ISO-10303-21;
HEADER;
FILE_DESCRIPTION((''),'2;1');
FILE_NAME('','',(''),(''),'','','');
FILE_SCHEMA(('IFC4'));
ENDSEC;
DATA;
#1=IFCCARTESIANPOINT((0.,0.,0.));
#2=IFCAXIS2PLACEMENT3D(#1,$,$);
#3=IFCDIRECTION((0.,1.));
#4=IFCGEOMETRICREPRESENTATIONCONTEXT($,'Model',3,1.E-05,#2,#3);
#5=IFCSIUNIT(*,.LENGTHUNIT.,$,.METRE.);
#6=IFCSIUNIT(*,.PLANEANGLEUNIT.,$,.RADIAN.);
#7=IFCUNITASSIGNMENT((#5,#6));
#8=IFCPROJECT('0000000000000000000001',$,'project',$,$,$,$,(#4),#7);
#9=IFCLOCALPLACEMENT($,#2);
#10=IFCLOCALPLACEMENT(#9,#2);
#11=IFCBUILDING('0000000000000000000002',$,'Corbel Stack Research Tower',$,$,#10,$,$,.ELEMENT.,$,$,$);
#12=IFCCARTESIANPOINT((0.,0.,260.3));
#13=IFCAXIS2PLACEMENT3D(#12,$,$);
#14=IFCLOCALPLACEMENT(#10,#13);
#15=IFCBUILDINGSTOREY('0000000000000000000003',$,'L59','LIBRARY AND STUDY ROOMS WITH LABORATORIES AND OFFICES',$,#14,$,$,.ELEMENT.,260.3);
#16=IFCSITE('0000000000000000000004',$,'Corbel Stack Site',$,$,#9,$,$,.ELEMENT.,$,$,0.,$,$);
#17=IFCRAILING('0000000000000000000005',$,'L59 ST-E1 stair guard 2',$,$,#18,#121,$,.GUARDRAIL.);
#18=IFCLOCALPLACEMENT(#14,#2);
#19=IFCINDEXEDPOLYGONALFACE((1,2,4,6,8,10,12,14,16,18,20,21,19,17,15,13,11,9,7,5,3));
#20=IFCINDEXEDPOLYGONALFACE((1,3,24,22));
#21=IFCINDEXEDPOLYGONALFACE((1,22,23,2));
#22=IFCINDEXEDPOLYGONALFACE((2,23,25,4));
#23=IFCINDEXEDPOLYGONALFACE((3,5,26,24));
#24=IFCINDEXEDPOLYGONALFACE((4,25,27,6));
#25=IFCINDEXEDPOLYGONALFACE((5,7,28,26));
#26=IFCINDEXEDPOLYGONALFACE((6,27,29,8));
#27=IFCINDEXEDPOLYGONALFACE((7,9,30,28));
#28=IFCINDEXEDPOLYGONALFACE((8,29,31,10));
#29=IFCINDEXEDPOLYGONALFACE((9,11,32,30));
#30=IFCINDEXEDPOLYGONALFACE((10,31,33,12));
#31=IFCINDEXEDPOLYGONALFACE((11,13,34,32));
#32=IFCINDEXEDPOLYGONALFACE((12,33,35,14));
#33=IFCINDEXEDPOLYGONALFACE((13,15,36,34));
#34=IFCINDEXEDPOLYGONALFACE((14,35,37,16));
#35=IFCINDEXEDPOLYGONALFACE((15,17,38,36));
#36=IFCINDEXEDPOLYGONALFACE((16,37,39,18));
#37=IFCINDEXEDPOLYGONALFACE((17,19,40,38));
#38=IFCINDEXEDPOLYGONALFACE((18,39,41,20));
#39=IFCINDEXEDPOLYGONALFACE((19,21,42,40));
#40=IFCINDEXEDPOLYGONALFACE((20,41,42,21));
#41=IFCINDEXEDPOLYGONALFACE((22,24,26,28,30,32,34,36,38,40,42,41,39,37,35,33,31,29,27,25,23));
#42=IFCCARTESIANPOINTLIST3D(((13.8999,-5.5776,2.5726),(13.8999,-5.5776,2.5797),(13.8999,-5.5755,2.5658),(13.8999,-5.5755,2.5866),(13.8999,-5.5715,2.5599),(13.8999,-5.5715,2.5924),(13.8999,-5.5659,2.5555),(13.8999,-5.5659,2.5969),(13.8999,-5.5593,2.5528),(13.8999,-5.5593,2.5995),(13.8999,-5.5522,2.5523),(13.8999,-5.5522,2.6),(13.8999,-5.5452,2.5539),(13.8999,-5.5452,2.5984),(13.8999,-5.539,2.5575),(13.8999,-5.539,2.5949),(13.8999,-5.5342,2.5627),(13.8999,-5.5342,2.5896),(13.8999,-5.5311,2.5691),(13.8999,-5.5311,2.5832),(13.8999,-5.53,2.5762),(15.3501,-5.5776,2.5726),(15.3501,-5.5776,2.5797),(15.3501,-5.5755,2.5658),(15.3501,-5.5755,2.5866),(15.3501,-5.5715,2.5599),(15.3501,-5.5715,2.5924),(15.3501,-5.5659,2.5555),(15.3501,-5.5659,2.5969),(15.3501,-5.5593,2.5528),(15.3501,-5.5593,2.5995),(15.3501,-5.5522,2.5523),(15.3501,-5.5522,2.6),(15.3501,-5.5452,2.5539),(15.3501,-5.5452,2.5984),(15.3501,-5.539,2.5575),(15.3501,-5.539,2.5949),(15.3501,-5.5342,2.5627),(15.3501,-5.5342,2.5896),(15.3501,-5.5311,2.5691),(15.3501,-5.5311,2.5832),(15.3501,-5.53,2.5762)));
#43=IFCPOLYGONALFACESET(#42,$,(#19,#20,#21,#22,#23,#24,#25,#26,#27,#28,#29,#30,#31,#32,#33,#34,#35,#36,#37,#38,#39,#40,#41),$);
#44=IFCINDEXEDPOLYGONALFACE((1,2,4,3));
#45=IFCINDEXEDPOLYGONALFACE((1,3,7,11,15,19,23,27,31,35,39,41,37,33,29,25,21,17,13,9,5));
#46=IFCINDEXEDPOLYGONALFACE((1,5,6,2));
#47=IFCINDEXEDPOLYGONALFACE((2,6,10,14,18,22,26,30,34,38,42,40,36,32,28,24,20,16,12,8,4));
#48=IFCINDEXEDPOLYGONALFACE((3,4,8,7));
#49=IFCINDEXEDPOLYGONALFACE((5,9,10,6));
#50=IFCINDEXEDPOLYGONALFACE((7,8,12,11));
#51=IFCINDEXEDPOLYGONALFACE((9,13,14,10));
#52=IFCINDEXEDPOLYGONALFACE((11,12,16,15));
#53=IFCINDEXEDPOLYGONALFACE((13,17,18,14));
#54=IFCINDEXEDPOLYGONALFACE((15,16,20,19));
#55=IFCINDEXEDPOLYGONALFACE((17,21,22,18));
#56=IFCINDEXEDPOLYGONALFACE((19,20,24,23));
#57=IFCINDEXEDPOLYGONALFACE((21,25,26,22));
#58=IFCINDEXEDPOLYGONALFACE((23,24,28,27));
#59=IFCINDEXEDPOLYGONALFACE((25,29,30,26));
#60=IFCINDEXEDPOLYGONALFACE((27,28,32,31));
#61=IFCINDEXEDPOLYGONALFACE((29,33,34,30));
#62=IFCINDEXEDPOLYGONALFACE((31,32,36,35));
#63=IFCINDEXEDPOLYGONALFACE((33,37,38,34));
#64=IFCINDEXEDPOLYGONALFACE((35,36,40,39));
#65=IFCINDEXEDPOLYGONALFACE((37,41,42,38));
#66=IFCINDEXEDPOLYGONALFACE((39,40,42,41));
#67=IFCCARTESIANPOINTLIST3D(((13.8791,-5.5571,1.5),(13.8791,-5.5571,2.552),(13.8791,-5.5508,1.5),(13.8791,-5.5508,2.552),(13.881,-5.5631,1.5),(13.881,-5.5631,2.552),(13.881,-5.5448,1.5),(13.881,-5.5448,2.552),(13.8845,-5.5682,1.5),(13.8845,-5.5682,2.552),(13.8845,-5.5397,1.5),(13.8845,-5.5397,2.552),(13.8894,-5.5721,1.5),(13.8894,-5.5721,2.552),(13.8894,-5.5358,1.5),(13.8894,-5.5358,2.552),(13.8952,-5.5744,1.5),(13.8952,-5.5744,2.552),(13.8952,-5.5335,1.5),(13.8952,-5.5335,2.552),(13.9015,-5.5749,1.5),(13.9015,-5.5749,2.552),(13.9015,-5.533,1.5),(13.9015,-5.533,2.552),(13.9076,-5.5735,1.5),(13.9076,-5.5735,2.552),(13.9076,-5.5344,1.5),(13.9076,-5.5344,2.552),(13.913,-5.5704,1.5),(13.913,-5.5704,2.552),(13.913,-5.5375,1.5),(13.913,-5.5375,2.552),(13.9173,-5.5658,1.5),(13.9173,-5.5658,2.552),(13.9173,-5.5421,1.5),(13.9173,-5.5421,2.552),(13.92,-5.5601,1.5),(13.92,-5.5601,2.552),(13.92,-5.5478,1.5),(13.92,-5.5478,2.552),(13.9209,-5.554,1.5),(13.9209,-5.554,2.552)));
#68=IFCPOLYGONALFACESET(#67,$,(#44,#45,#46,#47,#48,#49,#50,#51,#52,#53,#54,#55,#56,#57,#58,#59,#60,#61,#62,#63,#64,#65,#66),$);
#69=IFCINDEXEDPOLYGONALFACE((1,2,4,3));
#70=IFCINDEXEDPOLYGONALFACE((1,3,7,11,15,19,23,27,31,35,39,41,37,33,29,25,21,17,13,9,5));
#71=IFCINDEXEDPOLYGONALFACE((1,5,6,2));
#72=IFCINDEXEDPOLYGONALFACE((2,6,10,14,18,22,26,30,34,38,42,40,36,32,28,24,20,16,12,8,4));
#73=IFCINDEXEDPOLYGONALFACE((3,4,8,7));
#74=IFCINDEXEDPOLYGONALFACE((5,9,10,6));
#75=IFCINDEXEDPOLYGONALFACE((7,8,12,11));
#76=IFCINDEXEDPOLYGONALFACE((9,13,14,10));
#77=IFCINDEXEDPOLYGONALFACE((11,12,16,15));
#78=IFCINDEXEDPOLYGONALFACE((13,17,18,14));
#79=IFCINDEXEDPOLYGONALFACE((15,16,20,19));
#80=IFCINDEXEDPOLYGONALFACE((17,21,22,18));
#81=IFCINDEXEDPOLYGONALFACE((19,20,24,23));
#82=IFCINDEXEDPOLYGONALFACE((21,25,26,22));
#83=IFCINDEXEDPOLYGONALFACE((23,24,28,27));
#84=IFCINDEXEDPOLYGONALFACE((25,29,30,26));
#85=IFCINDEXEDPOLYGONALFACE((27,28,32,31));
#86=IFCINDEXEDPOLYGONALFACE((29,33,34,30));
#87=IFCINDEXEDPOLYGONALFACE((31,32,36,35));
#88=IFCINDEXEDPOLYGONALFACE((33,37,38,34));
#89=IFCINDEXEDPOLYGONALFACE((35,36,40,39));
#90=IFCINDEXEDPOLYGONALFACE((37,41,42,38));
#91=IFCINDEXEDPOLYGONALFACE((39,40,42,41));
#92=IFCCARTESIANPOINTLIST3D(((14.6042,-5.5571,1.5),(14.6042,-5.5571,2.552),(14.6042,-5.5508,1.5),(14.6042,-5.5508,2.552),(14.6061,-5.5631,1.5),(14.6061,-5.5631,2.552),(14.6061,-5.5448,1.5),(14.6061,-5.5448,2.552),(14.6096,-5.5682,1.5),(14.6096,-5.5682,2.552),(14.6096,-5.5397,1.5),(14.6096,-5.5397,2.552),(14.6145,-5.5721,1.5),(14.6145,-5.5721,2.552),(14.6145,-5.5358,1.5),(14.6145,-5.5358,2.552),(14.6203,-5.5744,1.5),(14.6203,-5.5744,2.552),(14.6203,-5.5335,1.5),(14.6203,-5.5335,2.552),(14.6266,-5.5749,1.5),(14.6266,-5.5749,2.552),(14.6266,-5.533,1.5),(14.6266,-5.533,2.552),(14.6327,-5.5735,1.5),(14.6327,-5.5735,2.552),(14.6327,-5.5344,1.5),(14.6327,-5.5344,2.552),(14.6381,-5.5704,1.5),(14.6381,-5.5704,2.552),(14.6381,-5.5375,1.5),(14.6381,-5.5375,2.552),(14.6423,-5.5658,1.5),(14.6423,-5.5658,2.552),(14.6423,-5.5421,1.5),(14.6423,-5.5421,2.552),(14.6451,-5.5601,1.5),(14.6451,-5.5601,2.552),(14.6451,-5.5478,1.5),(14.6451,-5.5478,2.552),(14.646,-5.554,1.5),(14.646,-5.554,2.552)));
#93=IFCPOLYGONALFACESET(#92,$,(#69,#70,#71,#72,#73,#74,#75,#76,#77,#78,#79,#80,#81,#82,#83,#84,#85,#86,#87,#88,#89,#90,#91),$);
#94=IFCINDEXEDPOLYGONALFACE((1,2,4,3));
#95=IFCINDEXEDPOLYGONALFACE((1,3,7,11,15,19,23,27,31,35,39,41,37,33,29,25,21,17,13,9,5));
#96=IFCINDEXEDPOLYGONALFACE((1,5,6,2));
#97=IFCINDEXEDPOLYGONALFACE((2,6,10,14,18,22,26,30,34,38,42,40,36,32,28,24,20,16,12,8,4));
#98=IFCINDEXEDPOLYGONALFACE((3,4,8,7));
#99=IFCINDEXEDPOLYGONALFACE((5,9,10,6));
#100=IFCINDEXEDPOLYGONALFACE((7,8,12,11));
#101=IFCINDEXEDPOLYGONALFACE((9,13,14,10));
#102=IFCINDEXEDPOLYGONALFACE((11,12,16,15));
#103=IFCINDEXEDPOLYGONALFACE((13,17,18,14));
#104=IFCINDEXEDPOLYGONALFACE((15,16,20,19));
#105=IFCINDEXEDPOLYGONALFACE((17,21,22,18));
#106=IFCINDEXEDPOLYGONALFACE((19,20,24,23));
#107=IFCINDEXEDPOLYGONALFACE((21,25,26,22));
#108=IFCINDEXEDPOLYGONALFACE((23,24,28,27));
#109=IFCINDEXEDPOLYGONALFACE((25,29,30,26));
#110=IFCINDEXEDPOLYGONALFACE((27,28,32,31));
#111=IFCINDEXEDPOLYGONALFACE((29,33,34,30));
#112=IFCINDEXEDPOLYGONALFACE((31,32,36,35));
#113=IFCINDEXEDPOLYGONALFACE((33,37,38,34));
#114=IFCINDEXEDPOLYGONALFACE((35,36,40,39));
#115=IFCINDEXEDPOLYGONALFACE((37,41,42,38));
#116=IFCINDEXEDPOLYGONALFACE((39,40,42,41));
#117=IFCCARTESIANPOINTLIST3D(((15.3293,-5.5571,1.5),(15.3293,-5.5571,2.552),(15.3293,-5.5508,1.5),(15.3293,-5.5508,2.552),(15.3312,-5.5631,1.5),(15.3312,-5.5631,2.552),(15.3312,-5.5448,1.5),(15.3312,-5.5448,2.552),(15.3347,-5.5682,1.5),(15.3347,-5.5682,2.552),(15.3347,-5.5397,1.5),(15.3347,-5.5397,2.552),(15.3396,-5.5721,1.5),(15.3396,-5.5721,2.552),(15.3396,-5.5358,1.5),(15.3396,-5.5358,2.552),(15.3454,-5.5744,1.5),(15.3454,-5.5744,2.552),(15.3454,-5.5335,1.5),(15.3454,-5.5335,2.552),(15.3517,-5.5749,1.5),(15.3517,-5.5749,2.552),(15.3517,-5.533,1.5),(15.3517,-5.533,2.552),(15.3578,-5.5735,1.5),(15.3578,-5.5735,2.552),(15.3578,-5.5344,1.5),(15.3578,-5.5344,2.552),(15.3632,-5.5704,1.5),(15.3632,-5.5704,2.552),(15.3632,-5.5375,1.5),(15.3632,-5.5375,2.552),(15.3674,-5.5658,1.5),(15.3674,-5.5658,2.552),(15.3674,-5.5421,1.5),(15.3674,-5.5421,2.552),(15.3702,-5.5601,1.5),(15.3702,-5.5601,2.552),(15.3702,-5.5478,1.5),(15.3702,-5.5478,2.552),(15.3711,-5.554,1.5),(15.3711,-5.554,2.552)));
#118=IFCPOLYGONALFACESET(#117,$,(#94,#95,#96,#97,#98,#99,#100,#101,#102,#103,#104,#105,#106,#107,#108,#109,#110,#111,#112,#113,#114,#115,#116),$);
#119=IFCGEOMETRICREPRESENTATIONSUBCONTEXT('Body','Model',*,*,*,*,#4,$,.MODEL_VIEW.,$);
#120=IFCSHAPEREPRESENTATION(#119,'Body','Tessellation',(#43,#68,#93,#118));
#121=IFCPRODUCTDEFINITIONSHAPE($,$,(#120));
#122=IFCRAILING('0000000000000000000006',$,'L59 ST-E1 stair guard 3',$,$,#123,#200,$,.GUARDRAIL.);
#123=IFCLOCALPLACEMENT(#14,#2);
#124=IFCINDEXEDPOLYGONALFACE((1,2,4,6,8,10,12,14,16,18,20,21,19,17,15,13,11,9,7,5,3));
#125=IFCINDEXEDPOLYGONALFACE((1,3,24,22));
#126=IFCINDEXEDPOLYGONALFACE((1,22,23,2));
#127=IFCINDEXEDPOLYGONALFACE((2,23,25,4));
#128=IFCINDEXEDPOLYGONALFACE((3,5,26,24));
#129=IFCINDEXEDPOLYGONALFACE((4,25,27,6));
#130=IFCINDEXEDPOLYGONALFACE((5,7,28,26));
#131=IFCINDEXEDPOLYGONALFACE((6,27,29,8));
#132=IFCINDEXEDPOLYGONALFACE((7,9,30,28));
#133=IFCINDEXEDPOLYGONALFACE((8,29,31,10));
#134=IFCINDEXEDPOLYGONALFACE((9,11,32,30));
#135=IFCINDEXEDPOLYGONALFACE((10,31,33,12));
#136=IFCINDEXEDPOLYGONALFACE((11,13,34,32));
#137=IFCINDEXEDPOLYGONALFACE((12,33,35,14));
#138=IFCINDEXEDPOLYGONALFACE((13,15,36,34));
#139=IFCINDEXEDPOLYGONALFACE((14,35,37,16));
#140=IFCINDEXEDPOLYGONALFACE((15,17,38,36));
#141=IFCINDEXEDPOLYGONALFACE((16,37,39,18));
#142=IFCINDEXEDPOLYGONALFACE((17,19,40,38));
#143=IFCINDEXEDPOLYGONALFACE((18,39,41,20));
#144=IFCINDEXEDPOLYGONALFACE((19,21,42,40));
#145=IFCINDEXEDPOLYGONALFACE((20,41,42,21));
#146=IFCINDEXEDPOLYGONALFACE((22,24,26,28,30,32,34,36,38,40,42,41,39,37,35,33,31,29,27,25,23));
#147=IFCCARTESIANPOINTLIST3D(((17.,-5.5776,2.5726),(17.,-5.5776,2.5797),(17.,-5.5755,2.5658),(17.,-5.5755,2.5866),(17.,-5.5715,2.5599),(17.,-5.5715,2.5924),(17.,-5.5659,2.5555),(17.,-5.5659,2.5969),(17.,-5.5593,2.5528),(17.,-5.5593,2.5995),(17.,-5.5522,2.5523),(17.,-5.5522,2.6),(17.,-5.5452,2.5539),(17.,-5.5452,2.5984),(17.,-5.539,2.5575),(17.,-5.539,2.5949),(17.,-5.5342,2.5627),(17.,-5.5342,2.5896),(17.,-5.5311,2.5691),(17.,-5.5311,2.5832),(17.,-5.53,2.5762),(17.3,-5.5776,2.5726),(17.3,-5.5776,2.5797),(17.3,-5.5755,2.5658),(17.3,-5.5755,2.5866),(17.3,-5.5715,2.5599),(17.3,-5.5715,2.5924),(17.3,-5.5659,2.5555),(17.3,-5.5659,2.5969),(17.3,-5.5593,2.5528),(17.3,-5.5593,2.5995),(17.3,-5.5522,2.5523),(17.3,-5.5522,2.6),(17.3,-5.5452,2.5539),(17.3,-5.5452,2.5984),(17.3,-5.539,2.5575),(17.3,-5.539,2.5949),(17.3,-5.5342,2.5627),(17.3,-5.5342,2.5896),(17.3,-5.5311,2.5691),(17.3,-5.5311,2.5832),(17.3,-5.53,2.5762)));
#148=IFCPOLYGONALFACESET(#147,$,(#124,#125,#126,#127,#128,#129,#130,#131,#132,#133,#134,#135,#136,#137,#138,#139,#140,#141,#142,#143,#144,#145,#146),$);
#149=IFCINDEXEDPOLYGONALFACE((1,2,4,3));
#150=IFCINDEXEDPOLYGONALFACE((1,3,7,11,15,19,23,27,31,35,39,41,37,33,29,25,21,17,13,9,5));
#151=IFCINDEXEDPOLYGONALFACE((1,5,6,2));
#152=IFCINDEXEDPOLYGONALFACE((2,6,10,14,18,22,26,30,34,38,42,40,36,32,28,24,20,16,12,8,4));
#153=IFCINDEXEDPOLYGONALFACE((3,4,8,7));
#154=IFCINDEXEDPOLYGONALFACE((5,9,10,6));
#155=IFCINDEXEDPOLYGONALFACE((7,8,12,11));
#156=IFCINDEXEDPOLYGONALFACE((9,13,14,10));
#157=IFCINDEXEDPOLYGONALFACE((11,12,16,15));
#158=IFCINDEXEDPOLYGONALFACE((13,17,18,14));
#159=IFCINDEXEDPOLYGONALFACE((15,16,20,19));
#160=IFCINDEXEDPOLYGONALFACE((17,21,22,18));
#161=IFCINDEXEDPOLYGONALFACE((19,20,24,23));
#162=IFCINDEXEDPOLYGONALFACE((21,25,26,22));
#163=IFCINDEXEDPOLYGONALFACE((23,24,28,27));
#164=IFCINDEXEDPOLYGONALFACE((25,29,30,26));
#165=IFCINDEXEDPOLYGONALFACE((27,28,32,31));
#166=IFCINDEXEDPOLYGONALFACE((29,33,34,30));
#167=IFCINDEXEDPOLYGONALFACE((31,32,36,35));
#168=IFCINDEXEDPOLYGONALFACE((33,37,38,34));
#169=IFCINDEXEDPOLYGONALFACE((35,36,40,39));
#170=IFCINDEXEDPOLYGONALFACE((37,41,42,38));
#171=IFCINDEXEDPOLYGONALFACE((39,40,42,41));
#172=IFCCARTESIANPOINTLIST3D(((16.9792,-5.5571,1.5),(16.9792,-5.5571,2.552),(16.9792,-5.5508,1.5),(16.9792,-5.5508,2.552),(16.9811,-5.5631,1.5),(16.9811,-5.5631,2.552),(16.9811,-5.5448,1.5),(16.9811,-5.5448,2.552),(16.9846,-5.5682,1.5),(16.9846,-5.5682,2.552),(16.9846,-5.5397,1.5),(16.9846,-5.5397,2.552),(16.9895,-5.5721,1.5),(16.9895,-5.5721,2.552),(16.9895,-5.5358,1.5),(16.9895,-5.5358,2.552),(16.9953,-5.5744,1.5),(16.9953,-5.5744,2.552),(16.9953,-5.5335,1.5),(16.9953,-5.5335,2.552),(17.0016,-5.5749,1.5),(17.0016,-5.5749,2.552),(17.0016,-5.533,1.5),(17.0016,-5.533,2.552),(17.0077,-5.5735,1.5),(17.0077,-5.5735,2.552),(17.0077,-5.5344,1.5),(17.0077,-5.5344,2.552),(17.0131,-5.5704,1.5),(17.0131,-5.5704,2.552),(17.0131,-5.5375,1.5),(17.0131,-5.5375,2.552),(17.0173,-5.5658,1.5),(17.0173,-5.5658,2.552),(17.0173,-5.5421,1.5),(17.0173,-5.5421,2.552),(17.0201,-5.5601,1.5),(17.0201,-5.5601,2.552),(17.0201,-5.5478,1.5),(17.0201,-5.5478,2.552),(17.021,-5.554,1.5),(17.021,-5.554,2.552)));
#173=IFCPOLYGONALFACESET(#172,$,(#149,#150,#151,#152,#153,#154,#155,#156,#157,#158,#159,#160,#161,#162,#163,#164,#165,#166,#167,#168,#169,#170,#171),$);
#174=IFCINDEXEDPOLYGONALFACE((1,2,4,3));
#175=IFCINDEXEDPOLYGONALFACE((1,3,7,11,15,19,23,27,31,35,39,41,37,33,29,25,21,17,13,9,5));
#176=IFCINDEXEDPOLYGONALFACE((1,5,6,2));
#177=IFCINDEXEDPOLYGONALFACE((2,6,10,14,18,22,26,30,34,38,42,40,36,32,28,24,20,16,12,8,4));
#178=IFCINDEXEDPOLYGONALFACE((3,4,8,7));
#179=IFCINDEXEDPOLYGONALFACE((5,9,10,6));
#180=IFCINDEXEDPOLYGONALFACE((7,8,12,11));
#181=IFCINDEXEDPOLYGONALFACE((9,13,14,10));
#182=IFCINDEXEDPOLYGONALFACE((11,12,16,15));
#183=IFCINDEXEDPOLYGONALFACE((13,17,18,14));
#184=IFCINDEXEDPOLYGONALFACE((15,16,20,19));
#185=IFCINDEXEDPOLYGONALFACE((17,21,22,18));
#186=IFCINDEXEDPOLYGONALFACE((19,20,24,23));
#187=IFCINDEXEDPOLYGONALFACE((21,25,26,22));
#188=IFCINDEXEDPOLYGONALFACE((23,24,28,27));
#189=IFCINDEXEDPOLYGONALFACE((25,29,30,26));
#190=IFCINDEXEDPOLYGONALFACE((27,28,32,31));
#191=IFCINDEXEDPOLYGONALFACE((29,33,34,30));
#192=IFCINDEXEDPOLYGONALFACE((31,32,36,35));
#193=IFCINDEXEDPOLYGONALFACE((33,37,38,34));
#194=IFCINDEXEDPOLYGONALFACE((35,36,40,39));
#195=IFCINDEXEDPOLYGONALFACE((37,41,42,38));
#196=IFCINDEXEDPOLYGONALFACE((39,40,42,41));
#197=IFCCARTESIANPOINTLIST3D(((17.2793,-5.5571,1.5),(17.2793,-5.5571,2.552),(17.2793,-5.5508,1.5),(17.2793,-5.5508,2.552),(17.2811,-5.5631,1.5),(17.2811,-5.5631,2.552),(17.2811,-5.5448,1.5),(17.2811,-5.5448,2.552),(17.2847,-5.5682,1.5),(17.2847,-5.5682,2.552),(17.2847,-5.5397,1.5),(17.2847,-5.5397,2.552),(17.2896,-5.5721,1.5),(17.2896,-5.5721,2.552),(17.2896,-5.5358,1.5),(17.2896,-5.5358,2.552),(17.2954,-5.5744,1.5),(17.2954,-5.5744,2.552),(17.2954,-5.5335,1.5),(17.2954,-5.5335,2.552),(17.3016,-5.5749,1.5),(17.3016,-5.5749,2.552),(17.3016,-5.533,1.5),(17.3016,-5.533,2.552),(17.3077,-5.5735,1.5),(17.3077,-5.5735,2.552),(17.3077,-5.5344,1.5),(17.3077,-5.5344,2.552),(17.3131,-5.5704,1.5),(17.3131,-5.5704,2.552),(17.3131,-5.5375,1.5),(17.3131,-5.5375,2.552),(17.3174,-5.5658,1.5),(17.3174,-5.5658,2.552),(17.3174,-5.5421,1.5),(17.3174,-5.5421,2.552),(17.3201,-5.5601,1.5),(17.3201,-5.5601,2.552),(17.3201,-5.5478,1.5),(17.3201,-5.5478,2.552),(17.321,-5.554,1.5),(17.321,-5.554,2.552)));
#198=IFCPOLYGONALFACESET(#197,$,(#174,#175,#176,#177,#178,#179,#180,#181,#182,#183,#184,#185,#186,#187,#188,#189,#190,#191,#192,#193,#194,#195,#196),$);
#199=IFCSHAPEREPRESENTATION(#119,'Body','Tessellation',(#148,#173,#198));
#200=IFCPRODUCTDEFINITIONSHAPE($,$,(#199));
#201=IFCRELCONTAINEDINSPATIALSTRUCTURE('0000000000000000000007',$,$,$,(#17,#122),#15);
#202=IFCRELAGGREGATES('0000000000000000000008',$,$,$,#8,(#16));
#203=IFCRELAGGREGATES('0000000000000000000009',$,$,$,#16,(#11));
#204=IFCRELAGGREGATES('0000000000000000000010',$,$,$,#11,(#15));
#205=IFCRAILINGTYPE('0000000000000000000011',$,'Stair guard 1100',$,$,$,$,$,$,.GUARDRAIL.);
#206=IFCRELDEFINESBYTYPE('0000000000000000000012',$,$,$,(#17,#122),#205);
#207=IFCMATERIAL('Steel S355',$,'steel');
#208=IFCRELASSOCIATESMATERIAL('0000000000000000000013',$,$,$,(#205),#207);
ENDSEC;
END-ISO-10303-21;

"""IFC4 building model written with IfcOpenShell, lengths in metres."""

from ifc_helpers import new_model, si_unit, direction, frame, origin, origin_2d, place, context, subcontext, project, spatial, circle, extrude, material, type_object, element, save


model = new_model("IFC4")

# Units and contexts
model_context = context("Model", 3, precision=1e-05, world=origin(), true_north=direction((0.0, 1.0)))
body_context = subcontext(model_context, "Body", "Model", "MODEL_VIEW")
ifc_project = project(units=[si_unit("LENGTHUNIT", "METRE"), si_unit("PLANEANGLEUNIT", "RADIAN")], contexts=[model_context])

# Site, building, storey
site_placement = place(None, origin())
site = spatial("IfcSite", under=ifc_project, at=site_placement, Name="Corbel Stack Site", CompositionType="ELEMENT", RefElevation=0.0)
building_placement = place(site_placement, origin())
building = spatial("IfcBuilding", under=site, at=building_placement, Name="Corbel Stack Research Tower", CompositionType="ELEMENT")
storey_placement = place(building_placement, frame((0.0, 0.0, 260.3)))
storey = spatial("IfcBuildingStorey", under=building, at=storey_placement, Name="L59", Description="LIBRARY AND STUDY ROOMS WITH LABORATORIES AND OFFICES", CompositionType="ELEMENT", Elevation=260.3)

# Railings
ifc_material_1 = material(Name="Steel S355", Category="steel")
railing_type_1 = type_object("IfcRailingType", Name="Stair guard 1100", PredefinedType="GUARDRAIL", material=ifc_material_1)
railing_1_placement = place(storey_placement, frame((13.8999, -5.554, 1.5)))
element("IfcRailing", 1, at=railing_1_placement, inside=storey, type_object=railing_type_1, Name="L59 ST-E1 stair guard 2", PredefinedType="GUARDRAIL", context=body_context, shape_type="SweptSolid", body=[
    extrude(circle(Radius=0.0239, at=origin_2d()), frame((0.0, 0.0, 1.0762), z_axis=(1.0, 0.0, 0.0), x_axis=(0.0, 1.0, 0.0)), (0.0, 0.0, 1.0), 1.4502),
    extrude(circle(Radius=0.021, at=origin_2d()), origin(), (0.0, 0.0, 1.0), 1.052),
    extrude(circle(Radius=0.021, at=origin_2d()), frame((0.7251, 0.0, 0.0)), (0.0, 0.0, 1.0), 1.052),
    extrude(circle(Radius=0.021, at=origin_2d()), frame((1.4502, 0.0, 0.0)), (0.0, 0.0, 1.0), 1.052),
])
railing_2_placement = place(storey_placement, frame((17.0, -5.554, 1.5)))
element("IfcRailing", 2, at=railing_2_placement, inside=storey, type_object=railing_type_1, Name="L59 ST-E1 stair guard 3", PredefinedType="GUARDRAIL", context=body_context, shape_type="SweptSolid", body=[
    extrude(circle(Radius=0.0239, at=origin_2d()), frame((0.0, 0.0, 1.0762), z_axis=(1.0, 0.0, 0.0), x_axis=(0.0, 1.0, 0.0)), (0.0, 0.0, 1.0), 0.3),
    extrude(circle(Radius=0.021, at=origin_2d()), origin(), (0.0, 0.0, 1.0), 1.052),
    extrude(circle(Radius=0.021, at=origin_2d()), frame((0.3, 0.0, 0.0)), (0.0, 0.0, 1.0), 1.052),
])

save(model, "model.ifc")
